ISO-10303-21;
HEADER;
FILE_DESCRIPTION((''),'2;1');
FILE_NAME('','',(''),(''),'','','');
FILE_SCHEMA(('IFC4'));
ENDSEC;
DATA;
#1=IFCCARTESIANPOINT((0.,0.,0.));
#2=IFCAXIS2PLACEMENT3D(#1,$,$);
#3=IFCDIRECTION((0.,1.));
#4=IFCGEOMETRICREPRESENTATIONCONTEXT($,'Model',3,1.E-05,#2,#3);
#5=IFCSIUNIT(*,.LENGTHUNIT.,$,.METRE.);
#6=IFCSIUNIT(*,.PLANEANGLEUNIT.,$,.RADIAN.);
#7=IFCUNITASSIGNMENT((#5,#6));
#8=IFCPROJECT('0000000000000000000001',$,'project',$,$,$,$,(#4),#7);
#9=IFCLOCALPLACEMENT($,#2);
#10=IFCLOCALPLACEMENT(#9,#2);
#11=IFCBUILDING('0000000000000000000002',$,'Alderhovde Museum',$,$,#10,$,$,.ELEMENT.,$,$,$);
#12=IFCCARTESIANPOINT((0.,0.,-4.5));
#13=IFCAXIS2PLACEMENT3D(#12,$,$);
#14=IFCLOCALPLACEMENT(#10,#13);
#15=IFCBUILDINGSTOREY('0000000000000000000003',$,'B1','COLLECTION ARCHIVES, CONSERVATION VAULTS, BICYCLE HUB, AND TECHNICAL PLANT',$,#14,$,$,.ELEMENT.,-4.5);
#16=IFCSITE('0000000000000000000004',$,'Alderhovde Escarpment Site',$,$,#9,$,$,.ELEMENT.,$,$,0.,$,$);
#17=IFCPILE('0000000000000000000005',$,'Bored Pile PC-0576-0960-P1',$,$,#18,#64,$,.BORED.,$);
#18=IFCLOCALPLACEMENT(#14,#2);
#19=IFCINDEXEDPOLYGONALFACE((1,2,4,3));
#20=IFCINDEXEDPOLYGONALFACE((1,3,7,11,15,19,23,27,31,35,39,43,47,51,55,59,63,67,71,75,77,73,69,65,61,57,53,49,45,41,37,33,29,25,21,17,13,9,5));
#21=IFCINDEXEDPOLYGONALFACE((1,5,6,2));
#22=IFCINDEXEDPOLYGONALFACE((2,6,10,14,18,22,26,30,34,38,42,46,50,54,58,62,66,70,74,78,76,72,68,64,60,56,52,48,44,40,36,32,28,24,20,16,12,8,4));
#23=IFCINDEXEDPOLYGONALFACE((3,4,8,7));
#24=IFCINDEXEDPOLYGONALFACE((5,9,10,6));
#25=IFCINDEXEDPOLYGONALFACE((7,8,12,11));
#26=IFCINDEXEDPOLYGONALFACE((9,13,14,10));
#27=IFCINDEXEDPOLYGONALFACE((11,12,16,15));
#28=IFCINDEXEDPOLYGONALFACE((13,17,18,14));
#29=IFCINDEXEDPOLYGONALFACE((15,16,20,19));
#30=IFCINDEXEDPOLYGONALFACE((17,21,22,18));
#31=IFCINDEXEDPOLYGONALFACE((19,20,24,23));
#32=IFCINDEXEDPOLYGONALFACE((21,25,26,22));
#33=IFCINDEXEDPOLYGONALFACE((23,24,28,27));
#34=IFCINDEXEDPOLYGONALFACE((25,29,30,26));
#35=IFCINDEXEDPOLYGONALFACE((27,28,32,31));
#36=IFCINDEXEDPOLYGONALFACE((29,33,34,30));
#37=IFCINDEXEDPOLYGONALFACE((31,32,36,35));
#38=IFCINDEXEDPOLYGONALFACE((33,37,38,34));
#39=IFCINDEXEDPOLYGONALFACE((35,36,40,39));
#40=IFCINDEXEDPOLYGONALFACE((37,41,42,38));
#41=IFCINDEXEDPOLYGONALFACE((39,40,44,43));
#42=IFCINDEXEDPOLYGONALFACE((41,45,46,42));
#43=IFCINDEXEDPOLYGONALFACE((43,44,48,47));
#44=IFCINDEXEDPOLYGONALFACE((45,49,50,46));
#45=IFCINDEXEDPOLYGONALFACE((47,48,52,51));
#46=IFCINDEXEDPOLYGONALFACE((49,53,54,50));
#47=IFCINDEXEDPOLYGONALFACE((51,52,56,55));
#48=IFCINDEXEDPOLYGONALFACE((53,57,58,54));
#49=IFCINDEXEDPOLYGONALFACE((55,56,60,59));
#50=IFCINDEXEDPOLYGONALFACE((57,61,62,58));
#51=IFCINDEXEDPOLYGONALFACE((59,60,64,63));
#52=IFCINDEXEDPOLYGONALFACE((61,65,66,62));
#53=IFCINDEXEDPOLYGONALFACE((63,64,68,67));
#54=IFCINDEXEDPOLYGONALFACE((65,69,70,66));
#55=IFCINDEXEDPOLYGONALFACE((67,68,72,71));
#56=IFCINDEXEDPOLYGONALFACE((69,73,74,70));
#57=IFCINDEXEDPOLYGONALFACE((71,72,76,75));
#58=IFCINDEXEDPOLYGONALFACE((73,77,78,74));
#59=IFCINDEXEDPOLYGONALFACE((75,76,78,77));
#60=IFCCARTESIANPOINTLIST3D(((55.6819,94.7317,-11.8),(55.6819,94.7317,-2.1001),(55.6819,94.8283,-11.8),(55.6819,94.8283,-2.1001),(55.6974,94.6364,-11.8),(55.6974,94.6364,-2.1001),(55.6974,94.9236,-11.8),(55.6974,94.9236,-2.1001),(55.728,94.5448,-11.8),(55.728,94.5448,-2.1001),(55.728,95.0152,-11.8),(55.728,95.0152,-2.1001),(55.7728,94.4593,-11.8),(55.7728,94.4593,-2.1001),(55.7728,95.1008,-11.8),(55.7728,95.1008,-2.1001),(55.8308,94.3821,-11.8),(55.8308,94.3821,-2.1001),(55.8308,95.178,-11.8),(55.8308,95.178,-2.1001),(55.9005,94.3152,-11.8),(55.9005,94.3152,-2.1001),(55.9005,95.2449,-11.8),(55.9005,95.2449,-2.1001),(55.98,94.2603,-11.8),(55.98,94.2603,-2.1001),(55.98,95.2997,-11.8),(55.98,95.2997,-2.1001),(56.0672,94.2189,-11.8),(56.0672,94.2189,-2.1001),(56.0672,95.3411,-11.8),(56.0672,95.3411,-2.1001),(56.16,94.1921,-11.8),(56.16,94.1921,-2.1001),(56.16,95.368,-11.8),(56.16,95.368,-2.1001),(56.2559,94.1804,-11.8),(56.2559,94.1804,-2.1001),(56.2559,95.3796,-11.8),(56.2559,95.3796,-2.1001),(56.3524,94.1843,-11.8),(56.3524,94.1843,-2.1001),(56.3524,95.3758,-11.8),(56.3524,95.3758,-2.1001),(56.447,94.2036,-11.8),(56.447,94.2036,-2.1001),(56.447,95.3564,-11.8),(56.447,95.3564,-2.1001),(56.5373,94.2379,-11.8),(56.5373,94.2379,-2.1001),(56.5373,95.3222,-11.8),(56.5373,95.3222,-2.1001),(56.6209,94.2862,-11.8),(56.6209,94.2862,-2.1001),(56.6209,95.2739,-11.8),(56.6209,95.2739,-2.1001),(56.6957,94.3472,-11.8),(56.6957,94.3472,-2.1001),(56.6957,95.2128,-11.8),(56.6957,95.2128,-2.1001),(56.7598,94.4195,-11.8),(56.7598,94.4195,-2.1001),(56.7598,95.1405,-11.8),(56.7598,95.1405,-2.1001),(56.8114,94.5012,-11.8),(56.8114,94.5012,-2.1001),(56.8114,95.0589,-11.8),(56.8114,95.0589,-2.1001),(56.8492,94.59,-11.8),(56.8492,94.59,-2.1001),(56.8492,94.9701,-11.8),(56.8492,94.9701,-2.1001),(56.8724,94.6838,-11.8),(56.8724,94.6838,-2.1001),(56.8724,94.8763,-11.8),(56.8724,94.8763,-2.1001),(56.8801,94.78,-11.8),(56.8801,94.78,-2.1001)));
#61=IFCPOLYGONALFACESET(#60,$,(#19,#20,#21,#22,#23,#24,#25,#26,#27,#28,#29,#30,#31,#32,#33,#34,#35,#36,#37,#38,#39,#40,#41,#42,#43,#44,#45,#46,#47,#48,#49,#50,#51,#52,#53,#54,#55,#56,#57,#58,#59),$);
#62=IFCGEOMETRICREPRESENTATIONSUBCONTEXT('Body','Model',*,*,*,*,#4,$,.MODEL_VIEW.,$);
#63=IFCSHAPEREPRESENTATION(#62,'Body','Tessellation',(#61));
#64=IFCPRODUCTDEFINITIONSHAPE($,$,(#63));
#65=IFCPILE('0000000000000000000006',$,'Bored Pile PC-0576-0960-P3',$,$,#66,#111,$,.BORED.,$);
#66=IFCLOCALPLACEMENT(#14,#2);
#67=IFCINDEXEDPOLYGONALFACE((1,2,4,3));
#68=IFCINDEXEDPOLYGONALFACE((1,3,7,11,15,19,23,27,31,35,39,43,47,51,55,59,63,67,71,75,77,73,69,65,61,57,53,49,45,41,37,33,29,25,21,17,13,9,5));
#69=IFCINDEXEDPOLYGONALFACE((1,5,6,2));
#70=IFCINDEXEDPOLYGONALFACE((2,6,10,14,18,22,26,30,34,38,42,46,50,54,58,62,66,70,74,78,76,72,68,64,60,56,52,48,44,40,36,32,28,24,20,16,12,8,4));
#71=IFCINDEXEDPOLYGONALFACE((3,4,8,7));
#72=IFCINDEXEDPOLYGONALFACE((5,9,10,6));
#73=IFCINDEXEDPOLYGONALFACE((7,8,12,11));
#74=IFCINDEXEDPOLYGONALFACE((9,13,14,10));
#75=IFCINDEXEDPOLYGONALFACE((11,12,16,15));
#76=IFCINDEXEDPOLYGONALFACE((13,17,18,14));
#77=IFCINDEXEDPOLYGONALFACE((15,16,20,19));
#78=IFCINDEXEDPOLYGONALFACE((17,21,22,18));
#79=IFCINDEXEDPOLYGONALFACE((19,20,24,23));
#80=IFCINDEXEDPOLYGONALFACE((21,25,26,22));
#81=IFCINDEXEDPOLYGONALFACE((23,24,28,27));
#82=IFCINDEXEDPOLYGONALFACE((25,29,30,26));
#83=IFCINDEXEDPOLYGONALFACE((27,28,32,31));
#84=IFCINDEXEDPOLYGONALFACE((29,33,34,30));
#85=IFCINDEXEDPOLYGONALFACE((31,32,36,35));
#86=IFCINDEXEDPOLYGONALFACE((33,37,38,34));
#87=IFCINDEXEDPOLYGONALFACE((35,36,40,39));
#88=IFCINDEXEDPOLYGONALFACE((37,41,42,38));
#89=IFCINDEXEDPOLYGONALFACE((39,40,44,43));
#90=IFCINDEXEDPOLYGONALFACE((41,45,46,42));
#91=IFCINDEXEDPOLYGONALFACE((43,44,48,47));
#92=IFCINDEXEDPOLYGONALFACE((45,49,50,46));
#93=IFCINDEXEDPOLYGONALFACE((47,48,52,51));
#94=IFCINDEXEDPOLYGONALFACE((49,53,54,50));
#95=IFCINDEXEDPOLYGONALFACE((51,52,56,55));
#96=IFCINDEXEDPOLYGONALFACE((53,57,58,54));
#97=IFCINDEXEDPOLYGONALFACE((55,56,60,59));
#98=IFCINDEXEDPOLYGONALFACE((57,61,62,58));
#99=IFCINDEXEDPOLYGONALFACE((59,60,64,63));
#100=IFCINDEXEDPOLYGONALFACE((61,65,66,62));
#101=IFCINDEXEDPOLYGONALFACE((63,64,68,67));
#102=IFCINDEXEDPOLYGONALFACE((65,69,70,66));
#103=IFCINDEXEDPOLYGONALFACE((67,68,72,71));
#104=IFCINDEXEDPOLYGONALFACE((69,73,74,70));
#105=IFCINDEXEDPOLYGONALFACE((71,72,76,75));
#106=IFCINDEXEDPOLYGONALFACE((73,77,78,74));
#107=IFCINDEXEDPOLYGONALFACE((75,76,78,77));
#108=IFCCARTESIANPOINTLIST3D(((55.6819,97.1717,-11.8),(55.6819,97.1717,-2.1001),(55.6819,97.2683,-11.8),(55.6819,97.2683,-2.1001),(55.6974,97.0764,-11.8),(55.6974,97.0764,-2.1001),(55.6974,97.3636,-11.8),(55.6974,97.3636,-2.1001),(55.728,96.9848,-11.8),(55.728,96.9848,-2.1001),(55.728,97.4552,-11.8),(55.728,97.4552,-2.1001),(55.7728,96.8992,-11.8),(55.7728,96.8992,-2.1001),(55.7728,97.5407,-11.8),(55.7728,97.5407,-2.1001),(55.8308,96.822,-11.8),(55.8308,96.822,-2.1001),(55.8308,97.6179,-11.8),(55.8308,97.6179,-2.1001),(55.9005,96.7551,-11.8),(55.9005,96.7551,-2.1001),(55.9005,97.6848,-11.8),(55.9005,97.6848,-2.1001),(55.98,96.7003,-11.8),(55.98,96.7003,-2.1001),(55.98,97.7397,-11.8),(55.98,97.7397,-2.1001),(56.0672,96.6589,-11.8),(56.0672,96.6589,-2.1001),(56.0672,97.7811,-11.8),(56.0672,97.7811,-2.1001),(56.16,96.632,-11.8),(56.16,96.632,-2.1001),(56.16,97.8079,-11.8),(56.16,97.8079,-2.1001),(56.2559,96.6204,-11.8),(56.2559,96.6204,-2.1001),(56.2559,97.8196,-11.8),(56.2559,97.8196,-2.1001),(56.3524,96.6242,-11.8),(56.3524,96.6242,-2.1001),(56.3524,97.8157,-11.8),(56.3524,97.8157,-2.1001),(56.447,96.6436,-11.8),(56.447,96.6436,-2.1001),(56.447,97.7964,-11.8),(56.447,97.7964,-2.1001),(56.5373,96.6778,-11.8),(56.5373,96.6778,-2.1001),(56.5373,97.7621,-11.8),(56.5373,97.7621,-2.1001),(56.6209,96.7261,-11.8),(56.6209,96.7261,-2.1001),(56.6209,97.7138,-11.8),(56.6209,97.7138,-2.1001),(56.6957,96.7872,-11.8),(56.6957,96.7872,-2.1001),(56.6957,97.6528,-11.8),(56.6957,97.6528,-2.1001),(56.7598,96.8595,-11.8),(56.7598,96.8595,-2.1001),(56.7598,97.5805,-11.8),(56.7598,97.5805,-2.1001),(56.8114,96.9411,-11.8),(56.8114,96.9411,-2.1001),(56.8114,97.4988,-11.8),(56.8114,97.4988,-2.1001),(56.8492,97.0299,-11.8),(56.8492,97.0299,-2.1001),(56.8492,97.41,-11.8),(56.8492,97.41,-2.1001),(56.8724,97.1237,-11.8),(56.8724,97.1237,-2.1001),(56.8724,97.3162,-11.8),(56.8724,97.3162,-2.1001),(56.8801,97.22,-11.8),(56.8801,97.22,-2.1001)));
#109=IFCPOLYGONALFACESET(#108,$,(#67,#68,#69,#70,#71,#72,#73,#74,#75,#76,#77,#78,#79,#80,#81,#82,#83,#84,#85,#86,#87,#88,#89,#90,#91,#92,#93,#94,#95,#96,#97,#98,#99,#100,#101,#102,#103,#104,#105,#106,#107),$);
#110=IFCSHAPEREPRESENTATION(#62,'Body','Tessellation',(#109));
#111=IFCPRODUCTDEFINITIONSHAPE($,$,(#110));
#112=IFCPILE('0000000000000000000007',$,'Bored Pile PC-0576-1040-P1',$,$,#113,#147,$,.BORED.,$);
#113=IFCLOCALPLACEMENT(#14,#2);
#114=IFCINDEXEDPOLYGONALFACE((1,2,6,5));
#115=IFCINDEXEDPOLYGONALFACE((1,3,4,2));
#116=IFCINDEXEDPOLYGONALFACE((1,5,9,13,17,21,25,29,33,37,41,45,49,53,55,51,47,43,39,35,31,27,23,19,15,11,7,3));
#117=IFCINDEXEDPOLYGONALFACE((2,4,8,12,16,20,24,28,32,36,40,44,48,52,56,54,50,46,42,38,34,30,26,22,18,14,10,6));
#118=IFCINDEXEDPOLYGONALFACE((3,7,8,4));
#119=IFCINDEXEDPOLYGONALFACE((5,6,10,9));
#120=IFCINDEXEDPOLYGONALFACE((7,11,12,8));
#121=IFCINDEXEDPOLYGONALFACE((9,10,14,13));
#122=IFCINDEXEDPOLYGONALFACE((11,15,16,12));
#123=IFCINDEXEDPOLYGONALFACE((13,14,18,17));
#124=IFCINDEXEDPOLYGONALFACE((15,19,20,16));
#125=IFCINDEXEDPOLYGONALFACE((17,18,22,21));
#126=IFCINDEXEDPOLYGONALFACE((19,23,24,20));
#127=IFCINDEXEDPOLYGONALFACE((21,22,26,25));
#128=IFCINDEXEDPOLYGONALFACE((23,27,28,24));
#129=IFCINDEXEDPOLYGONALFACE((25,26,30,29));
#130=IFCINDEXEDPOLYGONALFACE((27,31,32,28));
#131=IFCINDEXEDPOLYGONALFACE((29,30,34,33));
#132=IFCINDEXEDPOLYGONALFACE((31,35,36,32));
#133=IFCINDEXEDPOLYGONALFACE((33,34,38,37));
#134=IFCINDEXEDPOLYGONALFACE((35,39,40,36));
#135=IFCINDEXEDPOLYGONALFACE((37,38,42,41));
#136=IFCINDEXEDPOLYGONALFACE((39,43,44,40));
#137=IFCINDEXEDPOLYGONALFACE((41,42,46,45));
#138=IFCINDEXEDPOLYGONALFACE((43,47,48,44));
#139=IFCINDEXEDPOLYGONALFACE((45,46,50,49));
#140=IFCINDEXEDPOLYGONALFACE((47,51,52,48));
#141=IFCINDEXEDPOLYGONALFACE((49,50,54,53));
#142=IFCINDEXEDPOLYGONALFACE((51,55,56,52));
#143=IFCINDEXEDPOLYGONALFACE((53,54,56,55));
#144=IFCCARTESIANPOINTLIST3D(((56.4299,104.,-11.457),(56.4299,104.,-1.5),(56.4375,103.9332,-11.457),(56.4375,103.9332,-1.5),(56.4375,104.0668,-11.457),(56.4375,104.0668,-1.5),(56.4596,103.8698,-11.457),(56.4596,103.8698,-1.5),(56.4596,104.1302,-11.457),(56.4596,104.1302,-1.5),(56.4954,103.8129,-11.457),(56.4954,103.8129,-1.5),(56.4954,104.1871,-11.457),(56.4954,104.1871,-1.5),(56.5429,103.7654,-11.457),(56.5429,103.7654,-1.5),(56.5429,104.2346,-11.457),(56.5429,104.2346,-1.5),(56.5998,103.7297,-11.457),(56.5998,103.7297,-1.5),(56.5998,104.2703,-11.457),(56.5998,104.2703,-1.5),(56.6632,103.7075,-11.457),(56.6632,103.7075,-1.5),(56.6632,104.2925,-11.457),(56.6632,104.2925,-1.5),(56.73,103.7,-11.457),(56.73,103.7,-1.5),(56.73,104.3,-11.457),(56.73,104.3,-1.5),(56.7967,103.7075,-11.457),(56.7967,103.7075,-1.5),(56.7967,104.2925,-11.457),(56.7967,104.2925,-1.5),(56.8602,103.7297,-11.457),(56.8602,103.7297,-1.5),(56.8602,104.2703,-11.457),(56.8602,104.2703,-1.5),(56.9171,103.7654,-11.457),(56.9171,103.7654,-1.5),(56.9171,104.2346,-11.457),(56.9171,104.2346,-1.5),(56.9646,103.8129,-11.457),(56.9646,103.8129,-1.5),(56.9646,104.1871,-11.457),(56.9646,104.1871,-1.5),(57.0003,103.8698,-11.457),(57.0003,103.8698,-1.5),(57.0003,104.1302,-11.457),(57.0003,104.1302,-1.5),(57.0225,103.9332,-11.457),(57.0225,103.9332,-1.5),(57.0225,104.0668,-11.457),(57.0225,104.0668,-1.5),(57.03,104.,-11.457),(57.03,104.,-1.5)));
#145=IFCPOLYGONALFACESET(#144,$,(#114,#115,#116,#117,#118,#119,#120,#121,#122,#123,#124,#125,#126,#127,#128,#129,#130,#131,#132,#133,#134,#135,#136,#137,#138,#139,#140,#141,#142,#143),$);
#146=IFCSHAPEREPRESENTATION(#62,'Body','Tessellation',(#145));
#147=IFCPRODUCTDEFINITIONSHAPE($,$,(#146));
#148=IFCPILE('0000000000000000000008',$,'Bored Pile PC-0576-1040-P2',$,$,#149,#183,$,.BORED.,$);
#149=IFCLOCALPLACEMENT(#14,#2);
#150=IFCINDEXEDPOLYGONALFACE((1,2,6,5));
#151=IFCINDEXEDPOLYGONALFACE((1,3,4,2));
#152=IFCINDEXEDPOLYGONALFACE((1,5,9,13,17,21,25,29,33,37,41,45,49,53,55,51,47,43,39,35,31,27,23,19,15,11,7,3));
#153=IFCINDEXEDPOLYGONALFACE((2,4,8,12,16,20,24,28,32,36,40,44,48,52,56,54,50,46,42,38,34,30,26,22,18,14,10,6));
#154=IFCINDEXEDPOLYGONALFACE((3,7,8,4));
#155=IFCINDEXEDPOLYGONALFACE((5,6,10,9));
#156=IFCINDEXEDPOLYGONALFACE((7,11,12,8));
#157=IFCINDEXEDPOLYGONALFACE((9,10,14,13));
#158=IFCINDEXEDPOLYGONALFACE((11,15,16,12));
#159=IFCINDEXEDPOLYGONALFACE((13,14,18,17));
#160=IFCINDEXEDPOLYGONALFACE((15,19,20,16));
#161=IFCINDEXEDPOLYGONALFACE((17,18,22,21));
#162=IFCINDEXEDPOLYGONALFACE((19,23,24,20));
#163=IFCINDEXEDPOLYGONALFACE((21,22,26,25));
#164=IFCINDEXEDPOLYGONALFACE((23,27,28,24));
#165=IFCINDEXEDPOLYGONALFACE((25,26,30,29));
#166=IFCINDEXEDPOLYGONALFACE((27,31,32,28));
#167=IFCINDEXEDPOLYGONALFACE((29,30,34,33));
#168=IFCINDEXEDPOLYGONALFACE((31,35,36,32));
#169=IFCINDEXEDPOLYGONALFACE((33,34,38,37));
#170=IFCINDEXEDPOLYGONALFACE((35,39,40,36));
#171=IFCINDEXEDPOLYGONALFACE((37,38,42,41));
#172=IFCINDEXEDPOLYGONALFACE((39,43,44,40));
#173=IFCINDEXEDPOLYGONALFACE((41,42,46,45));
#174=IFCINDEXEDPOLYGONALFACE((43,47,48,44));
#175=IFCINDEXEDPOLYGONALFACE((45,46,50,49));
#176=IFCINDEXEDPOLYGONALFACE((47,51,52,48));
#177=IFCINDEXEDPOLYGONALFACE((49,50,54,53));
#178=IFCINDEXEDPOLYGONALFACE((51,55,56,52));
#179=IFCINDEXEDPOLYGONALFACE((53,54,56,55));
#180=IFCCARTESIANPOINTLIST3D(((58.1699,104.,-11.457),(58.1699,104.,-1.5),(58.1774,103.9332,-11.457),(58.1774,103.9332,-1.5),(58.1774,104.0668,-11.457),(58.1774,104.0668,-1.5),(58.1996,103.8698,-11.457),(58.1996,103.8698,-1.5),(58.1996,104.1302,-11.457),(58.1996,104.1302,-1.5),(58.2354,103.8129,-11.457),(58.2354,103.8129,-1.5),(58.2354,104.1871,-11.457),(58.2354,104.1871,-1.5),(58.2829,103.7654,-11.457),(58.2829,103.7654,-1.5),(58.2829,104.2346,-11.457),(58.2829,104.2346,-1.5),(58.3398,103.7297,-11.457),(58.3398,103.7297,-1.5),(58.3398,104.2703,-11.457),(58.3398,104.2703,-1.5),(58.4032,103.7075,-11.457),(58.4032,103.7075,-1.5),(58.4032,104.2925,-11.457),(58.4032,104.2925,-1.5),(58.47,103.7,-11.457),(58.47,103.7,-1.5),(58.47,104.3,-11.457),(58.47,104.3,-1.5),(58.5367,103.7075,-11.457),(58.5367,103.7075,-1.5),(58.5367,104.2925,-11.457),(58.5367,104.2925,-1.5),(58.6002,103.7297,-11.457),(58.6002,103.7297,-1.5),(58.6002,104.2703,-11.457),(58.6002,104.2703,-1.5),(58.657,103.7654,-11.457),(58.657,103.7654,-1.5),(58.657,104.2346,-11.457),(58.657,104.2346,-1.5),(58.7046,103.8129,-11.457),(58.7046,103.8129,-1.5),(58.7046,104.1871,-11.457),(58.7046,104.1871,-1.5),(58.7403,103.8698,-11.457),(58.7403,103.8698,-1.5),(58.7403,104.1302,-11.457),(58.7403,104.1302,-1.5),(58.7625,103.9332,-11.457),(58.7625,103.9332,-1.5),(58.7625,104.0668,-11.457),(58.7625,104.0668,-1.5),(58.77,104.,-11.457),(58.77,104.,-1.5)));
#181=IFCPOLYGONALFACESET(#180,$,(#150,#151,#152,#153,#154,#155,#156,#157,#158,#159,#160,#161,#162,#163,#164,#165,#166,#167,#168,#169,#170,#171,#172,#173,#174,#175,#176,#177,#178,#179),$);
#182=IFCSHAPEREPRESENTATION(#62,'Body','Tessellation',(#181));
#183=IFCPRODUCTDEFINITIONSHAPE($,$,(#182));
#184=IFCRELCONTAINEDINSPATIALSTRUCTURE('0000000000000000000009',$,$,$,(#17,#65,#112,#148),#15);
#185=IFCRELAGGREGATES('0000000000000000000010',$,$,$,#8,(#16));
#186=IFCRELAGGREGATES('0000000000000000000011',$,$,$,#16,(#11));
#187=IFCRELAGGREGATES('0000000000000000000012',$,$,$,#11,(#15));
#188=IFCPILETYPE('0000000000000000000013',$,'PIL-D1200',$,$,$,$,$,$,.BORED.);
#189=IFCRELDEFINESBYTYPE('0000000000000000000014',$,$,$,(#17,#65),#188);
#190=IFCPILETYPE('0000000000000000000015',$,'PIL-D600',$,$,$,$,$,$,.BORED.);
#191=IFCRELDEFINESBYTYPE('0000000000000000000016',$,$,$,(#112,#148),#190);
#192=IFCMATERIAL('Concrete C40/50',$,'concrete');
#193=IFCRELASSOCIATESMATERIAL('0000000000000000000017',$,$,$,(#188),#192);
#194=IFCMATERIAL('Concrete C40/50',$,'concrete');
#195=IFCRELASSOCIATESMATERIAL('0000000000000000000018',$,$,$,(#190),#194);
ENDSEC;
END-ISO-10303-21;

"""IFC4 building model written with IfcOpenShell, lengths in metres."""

from ifc_helpers import new_model, si_unit, direction, frame, origin, origin_2d, place, context, subcontext, project, spatial, circle, extrude, material, material_profile, profile_set, type_object, element, save


model = new_model("IFC4")

# Units and contexts
model_context = context("Model", 3, precision=1e-05, world=origin(), true_north=direction((0.0, 1.0)))
body_context = subcontext(model_context, "Body", "Model", "MODEL_VIEW")
ifc_project = project(units=[si_unit("LENGTHUNIT", "METRE"), si_unit("PLANEANGLEUNIT", "RADIAN")], contexts=[model_context])

# Site, building, storey
site_placement = place(None, origin())
site = spatial("IfcSite", under=ifc_project, at=site_placement, Name="Alderhovde Escarpment Site", CompositionType="ELEMENT", RefElevation=0.0)
building_placement = place(site_placement, origin())
building = spatial("IfcBuilding", under=site, at=building_placement, Name="Alderhovde Museum", CompositionType="ELEMENT")
storey_placement = place(building_placement, frame((0.0, 0.0, -4.5)))
storey = spatial("IfcBuildingStorey", under=building, at=storey_placement, Name="B1", Description="COLLECTION ARCHIVES, CONSERVATION VAULTS, BICYCLE HUB, AND TECHNICAL PLANT", CompositionType="ELEMENT", Elevation=-4.5)

# Piles
ifc_material_1 = material(Name="Concrete C40/50", Category="concrete")
ifc_material_profile_1 = material_profile(ifc_material_1, circle(Radius=0.6001, at=origin_2d()), Name="PILE-D1200")
ifc_profile_set_1 = profile_set([ifc_material_profile_1], Name="Concrete C40/50")
pile_type_1 = type_object("IfcPileType", Name="PIL-D1200", PredefinedType="BORED", material=ifc_profile_set_1)
for number, where, z_axis, x_axis, name in (
    (1, (56.28, 94.78, -2.1001), (0.0, 0.0, -1.0), (1.0, 0.0, 0.0), "Bored Pile PC-0576-0960-P1"),
    (2, (56.28, 97.22, -2.1001), (0.0, 0.0, -1.0), (1.0, 0.0, 0.0), "Bored Pile PC-0576-0960-P3"),
):
    element("IfcPile", number, at=place(storey_placement, frame(where, z_axis=z_axis, x_axis=x_axis)), inside=storey, type_object=pile_type_1, Name=name, PredefinedType="BORED", context=body_context, shape_type="SweptSolid", body=[
        extrude(circle(Radius=0.6001, at=origin_2d()), origin(), (0.0, 0.0, 1.0), 9.7),
    ])
ifc_material_2 = material(Name="Concrete C40/50", Category="concrete")
ifc_material_profile_2 = material_profile(ifc_material_2, circle(Radius=0.3, at=origin_2d()), Name="PILE-D600")
ifc_profile_set_2 = profile_set([ifc_material_profile_2], Name="Concrete C40/50")
pile_type_2 = type_object("IfcPileType", Name="PIL-D600", PredefinedType="BORED", material=ifc_profile_set_2)
for number, where, z_axis, x_axis, name in (
    (3, (56.73, 104.0, -1.5), (0.0, 0.0, -1.0), (1.0, 0.0, 0.0), "Bored Pile PC-0576-1040-P1"),
    (4, (58.47, 104.0, -1.5), (0.0, 0.0, -1.0), (1.0, 0.0, 0.0), "Bored Pile PC-0576-1040-P2"),
):
    element("IfcPile", number, at=place(storey_placement, frame(where, z_axis=z_axis, x_axis=x_axis)), inside=storey, type_object=pile_type_2, Name=name, PredefinedType="BORED", context=body_context, shape_type="SweptSolid", body=[
        extrude(circle(Radius=0.3, at=origin_2d()), origin(), (0.0, 0.0, 1.0), 9.957),
    ])

save(model, "model.ifc")
